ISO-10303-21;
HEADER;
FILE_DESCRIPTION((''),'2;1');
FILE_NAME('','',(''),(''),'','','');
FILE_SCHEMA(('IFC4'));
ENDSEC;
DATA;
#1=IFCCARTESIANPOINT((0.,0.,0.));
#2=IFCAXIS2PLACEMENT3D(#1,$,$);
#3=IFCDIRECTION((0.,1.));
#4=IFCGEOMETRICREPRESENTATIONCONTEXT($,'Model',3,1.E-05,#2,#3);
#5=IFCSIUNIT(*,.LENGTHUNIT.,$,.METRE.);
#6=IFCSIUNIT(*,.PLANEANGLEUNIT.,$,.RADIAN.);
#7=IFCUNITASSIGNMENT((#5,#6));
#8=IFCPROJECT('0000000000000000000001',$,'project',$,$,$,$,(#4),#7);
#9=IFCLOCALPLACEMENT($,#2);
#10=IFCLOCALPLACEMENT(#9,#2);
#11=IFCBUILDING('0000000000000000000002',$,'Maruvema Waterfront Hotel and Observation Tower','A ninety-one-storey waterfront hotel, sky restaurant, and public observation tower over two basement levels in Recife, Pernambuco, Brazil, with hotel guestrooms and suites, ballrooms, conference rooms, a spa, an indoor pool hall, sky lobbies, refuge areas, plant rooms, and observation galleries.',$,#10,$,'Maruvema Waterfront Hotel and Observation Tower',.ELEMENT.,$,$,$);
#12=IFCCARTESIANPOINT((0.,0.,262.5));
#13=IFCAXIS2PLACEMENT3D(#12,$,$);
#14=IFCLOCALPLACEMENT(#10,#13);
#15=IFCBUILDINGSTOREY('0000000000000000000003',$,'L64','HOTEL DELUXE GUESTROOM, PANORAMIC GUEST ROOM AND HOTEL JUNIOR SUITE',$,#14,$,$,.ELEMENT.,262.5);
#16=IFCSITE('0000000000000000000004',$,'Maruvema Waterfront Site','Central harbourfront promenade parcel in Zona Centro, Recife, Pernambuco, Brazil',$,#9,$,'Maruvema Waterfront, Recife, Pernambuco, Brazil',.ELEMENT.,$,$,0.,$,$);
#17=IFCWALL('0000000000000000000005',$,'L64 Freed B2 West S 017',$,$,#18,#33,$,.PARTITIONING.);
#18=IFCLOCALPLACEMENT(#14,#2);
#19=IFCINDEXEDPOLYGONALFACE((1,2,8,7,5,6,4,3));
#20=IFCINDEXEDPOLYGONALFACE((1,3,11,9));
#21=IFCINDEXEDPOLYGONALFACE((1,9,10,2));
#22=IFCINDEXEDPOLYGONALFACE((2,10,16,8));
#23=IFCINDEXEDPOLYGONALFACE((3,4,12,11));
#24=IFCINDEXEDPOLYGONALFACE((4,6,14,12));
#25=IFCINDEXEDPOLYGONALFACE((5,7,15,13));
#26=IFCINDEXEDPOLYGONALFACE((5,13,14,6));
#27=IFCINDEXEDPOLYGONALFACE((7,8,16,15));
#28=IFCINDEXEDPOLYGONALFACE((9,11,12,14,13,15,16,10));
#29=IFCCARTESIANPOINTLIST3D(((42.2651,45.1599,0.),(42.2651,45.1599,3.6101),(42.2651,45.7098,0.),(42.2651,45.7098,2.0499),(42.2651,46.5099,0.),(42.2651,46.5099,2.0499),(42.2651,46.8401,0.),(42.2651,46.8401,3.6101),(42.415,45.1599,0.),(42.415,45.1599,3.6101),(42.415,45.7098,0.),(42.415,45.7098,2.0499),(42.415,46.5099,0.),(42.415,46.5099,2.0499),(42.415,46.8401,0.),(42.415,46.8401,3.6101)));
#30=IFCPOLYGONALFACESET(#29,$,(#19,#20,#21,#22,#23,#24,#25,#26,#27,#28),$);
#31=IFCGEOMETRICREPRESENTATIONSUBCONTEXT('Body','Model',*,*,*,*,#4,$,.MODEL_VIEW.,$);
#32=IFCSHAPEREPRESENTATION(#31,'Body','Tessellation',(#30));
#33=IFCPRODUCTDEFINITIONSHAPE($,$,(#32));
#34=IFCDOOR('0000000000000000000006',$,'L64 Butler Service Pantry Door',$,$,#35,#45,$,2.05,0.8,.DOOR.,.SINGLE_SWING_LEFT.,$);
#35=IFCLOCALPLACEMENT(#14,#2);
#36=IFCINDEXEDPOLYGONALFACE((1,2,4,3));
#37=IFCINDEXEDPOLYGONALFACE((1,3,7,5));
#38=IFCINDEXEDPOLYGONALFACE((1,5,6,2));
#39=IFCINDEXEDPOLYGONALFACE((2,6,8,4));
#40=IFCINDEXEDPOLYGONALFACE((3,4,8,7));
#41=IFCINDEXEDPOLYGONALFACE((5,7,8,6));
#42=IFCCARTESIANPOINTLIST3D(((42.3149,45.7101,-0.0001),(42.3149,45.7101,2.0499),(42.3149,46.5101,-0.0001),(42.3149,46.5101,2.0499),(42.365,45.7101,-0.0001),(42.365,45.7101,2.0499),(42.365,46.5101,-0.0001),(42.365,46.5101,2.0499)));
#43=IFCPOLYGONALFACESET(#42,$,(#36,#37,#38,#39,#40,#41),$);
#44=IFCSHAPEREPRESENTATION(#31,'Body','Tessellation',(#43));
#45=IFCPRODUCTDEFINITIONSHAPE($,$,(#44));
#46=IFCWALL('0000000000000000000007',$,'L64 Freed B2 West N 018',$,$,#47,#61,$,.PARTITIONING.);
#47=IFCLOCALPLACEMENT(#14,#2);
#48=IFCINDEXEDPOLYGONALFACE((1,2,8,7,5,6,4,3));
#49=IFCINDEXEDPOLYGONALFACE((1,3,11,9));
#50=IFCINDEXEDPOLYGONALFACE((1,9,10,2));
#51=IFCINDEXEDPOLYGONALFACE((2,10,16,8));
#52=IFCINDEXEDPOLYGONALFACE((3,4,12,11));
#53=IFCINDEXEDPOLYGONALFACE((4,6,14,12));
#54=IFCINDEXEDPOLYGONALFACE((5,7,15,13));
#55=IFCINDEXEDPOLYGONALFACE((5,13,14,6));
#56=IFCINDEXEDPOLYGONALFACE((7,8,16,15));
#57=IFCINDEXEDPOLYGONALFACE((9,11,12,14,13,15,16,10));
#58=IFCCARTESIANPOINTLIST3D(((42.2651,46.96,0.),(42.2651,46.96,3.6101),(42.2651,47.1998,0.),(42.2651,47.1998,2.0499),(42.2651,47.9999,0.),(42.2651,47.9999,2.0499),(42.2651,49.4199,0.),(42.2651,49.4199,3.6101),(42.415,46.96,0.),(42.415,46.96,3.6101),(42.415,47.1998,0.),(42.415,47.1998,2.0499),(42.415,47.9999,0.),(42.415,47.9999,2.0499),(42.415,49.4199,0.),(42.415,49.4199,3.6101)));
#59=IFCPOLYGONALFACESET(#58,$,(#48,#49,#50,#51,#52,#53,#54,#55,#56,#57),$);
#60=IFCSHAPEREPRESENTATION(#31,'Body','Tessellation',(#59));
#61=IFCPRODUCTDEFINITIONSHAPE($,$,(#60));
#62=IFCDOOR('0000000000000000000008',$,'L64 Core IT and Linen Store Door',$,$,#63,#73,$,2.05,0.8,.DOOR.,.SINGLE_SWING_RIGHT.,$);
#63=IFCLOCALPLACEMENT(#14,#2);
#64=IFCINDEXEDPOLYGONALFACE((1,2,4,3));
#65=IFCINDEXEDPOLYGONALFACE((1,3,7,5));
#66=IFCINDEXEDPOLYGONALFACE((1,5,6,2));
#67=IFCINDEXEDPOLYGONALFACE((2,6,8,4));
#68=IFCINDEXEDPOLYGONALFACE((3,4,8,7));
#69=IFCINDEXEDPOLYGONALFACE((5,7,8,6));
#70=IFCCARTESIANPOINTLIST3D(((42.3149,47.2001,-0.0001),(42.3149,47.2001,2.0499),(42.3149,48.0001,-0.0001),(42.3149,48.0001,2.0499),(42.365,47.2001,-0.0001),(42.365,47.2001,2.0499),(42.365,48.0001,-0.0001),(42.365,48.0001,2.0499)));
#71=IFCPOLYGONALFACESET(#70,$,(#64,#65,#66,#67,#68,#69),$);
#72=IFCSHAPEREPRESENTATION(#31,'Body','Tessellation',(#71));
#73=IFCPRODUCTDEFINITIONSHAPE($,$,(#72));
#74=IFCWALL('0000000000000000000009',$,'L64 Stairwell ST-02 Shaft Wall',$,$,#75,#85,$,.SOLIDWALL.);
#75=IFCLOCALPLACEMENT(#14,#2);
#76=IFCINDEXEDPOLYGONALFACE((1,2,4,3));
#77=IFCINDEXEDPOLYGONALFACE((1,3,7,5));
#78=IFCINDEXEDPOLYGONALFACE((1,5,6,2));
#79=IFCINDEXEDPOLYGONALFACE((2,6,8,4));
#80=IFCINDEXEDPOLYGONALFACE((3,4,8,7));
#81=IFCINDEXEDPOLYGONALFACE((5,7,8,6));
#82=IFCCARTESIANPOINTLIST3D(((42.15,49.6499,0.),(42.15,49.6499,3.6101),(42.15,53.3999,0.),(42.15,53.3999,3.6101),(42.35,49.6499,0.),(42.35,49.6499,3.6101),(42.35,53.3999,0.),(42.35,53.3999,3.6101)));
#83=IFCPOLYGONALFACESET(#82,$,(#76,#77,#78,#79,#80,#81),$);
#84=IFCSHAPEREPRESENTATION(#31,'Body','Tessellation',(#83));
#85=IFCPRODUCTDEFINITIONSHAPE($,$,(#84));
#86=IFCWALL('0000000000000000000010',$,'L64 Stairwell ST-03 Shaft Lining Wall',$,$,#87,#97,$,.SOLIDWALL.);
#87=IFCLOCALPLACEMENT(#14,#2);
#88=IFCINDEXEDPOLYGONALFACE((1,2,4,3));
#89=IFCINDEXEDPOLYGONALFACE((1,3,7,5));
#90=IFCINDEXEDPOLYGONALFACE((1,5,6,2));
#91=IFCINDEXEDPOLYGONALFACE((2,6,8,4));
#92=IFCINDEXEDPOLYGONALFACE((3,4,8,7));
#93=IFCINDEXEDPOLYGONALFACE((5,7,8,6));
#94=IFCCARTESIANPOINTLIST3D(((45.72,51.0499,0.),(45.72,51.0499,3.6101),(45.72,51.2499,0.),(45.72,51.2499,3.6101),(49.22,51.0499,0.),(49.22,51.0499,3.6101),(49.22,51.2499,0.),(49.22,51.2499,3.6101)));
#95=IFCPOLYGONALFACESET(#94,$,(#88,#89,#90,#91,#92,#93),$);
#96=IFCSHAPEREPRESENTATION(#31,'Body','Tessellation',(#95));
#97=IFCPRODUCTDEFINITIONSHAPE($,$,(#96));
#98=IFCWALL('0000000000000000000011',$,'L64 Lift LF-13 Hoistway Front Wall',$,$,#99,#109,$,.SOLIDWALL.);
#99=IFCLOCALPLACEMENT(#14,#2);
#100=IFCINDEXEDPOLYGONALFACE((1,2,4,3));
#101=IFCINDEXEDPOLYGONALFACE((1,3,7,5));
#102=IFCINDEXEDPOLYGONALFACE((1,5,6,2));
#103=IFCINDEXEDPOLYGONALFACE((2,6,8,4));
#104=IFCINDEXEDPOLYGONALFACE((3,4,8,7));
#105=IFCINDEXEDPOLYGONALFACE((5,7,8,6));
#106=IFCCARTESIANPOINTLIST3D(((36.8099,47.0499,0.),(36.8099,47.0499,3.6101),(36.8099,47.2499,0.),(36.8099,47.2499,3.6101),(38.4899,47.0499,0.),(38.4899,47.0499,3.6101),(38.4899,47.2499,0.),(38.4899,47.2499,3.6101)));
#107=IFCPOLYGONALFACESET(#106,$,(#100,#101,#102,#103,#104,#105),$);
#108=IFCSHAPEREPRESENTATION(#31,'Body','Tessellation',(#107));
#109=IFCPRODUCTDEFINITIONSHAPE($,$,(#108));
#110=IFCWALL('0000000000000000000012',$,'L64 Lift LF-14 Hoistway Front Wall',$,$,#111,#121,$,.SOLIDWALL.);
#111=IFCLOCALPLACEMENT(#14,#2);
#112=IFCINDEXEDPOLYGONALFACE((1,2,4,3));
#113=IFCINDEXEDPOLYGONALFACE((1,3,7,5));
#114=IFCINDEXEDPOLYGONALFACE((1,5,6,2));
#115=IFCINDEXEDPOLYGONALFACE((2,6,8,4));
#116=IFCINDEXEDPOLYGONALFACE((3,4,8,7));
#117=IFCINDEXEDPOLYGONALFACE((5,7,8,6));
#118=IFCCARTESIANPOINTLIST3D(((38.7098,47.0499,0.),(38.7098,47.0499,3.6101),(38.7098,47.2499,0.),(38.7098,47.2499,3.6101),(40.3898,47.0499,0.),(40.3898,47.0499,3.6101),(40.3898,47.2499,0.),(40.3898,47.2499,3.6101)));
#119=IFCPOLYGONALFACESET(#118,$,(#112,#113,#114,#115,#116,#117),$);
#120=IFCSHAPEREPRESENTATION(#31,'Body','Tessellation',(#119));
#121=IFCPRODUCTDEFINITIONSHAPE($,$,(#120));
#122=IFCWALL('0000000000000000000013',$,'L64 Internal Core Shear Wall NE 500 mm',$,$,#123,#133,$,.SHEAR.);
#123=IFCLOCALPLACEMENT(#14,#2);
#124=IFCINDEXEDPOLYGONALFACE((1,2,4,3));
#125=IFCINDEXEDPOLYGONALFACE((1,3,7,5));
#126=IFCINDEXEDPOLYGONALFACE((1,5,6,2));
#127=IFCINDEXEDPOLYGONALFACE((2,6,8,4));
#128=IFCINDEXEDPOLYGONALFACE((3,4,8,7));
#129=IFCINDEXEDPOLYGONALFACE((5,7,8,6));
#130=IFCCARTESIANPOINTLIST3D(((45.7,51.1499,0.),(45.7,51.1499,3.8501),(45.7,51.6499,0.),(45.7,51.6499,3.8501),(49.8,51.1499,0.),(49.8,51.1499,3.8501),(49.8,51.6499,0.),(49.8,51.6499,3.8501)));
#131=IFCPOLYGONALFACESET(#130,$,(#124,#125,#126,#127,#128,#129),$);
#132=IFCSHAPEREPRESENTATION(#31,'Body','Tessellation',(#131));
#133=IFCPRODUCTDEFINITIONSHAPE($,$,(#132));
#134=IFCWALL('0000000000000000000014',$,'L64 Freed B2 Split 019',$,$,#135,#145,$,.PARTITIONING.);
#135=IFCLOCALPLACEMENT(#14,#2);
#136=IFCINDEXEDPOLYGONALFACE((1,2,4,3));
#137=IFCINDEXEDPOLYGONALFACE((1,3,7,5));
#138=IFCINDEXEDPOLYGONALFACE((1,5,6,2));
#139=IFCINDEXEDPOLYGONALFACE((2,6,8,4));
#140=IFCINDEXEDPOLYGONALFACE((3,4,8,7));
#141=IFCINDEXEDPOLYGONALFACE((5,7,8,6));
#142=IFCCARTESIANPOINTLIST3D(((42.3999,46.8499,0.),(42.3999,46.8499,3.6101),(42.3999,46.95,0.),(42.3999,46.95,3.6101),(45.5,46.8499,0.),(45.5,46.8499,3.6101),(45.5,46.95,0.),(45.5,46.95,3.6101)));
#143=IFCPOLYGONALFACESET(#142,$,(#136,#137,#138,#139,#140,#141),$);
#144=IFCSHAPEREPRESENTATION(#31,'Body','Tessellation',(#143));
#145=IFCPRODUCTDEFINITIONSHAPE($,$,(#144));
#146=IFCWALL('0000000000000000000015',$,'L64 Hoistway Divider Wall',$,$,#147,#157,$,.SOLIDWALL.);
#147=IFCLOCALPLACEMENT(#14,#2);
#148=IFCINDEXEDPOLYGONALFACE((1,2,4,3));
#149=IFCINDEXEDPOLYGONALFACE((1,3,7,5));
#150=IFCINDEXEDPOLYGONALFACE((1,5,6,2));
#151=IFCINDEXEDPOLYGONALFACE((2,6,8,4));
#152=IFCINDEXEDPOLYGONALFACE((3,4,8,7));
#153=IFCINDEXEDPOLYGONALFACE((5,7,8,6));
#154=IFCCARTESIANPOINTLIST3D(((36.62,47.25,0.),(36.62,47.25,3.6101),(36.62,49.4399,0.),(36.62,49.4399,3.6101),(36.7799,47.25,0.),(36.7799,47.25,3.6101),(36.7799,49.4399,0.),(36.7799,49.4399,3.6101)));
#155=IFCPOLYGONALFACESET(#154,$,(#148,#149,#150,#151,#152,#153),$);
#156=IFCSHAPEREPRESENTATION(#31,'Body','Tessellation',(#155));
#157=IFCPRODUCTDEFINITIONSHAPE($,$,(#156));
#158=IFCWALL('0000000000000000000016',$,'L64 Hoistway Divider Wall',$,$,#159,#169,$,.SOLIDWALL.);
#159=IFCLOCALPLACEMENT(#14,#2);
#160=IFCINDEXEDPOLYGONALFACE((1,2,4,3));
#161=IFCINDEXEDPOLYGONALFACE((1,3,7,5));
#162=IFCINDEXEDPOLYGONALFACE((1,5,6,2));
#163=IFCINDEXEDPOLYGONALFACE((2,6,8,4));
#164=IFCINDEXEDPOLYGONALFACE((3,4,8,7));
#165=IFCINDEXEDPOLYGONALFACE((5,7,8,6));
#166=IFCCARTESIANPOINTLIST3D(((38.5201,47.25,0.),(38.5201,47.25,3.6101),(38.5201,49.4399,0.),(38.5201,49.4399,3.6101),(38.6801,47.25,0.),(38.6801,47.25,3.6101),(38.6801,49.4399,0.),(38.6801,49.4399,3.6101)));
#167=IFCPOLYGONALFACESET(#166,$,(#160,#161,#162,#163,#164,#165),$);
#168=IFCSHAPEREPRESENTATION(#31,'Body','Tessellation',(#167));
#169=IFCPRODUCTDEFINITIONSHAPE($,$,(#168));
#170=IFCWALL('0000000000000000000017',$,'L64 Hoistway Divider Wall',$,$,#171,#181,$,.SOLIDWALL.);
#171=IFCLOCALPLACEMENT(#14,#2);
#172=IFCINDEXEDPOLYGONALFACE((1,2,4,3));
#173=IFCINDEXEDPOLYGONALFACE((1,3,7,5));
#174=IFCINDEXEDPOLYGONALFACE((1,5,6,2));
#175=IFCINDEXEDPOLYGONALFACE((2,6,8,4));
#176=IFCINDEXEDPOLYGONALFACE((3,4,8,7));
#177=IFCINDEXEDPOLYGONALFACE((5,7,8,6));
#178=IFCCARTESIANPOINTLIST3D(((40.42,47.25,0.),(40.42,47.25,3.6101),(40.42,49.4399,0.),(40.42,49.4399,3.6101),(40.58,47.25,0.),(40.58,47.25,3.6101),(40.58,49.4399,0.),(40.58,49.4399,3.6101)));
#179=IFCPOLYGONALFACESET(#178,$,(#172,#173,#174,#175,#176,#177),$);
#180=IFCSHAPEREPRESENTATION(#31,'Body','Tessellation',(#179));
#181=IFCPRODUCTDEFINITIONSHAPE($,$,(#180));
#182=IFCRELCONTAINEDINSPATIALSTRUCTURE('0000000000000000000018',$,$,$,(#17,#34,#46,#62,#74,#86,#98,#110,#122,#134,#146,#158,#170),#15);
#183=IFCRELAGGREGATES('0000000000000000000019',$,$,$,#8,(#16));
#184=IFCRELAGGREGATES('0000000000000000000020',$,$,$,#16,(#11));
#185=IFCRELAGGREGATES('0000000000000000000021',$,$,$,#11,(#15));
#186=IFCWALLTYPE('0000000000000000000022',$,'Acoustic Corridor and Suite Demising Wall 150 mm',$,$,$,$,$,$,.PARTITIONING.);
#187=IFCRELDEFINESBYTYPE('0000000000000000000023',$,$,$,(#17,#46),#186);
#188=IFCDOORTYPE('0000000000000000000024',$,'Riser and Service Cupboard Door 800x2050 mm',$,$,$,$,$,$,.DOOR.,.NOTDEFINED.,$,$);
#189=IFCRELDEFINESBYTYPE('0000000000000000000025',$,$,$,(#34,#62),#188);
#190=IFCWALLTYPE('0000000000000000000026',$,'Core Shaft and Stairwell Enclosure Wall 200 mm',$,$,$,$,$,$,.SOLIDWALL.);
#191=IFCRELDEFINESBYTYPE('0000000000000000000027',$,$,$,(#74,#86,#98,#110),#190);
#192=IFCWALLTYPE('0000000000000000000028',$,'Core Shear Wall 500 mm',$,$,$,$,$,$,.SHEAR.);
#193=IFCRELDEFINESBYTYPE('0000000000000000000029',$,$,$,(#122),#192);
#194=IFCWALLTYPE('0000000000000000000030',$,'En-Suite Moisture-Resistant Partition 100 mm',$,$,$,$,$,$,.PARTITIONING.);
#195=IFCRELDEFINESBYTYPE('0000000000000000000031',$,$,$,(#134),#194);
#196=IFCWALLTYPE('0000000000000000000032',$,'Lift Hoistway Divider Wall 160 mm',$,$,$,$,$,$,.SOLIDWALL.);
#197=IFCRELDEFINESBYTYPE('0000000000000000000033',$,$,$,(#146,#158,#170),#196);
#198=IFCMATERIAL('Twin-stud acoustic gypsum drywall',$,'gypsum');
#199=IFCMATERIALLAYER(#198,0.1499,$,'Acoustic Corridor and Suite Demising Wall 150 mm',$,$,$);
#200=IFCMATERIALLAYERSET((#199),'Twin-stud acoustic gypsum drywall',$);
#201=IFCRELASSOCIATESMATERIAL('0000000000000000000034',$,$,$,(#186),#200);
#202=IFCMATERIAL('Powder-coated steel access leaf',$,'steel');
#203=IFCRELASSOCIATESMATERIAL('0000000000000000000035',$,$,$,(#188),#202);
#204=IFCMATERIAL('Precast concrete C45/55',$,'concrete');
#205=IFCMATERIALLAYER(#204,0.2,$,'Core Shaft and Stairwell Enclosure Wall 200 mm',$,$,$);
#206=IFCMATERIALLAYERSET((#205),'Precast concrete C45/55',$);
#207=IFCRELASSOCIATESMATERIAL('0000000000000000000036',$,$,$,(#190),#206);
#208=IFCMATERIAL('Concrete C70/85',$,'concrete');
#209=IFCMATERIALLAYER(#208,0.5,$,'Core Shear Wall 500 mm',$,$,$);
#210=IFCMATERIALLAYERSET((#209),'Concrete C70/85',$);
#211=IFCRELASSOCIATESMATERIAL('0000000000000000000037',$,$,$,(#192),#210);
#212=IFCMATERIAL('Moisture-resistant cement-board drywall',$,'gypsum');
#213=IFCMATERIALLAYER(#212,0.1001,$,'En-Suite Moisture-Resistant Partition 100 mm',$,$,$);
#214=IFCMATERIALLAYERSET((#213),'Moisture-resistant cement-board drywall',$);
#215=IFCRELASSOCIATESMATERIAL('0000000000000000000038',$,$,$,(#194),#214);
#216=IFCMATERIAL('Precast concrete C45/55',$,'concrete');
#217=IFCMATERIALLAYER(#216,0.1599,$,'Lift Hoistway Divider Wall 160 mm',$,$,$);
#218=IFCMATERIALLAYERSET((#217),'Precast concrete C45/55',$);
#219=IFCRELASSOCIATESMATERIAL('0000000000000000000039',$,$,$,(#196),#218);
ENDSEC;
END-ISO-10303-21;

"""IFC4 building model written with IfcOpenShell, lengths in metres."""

from ifc_helpers import new_model, si_unit, direction, frame, frame_2d, origin, place, context, subcontext, project, spatial, rectangle, extrude, material, layer, layer_set, type_object, element, fill, save


model = new_model("IFC4")

# Units and contexts
model_context = context("Model", 3, precision=1e-05, world=origin(), true_north=direction((0.0, 1.0)))
body_context = subcontext(model_context, "Body", "Model", "MODEL_VIEW")
ifc_project = project(units=[si_unit("LENGTHUNIT", "METRE"), si_unit("PLANEANGLEUNIT", "RADIAN")], contexts=[model_context])

# Site, building, storey
site_placement = place(None, origin())
site = spatial("IfcSite", under=ifc_project, at=site_placement, Name="Maruvema Waterfront Site", Description="Central harbourfront promenade parcel in Zona Centro, Recife, Pernambuco, Brazil", LongName="Maruvema Waterfront, Recife, Pernambuco, Brazil", CompositionType="ELEMENT", RefElevation=0.0)
building_placement = place(site_placement, origin())
building = spatial("IfcBuilding", under=site, at=building_placement, Name="Maruvema Waterfront Hotel and Observation Tower", Description="A ninety-one-storey waterfront hotel, sky restaurant, and public observation tower over two basement levels in Recife, Pernambuco, Brazil, with hotel guestrooms and suites, ballrooms, conference rooms, a spa, an indoor pool hall, sky lobbies, refuge areas, plant rooms, and observation galleries.", LongName="Maruvema Waterfront Hotel and Observation Tower", CompositionType="ELEMENT")
storey_placement = place(building_placement, frame((0.0, 0.0, 262.5)))
storey = spatial("IfcBuildingStorey", under=building, at=storey_placement, Name="L64", Description="HOTEL DELUXE GUESTROOM, PANORAMIC GUEST ROOM AND HOTEL JUNIOR SUITE", CompositionType="ELEMENT", Elevation=262.5)

# Walls, openings, doors
ifc_material_1 = material(Name="Twin-stud acoustic gypsum drywall", Category="gypsum")
ifc_layer_1 = layer(ifc_material_1, 0.1499, Name="Acoustic Corridor and Suite Demising Wall 150 mm")
ifc_layer_set_1 = layer_set([ifc_layer_1], Name="Twin-stud acoustic gypsum drywall")
wall_type_1 = type_object("IfcWallType", Name="Acoustic Corridor and Suite Demising Wall 150 mm", PredefinedType="PARTITIONING", material=ifc_layer_set_1)
wall_1_placement = place(storey_placement, frame((42.3401, 45.1599, 0.0), z_axis=(0.0, 0.0, 1.0), x_axis=(0.0, 1.0, 0.0)))
wall_1 = element("IfcWall", 1, at=wall_1_placement, inside=storey, type_object=wall_type_1, Name="L64 Freed B2 West S 017", PredefinedType="PARTITIONING", context=body_context, shape_type="SweptSolid", body=[
    extrude(rectangle(XDim=1.6802, YDim=0.1499, at=frame_2d((0.8401, 0.0))), origin(), (0.0, 0.0, 1.0), 3.6101),
])
opening_1_placement = place(wall_1_placement, frame((0.55, 0.0, 0.0)))
opening_1 = element("IfcOpeningElement", 2, at=opening_1_placement, cuts=wall_1, PredefinedType="OPENING", context=body_context, shape_type="SweptSolid", body=[
    extrude(rectangle(XDim=0.8, YDim=2.05, at=frame_2d((0.3999, 1.0249))), frame((0.0, 0.085, 0.0), z_axis=(0.0, -1.0, 0.0), x_axis=(1.0, 0.0, 0.0)), (0.0, 0.0, 1.0), 0.1699),
])
ifc_material_2 = material(Name="Powder-coated steel access leaf", Category="steel")
door_type = type_object("IfcDoorType", Name="Riser and Service Cupboard Door 800x2050 mm", OperationType="NOTDEFINED", PredefinedType="DOOR", material=ifc_material_2)
door_1_placement = place(opening_1_placement, frame((0.8, 0.0, 0.0), z_axis=(0.0, 0.0, 1.0), x_axis=(-1.0, 0.0, 0.0)))
door_1 = element("IfcDoor", 3, at=door_1_placement, inside=storey, type_object=door_type, Name="L64 Butler Service Pantry Door", OperationType="SINGLE_SWING_LEFT", OverallHeight=2.05, OverallWidth=0.8, PredefinedType="DOOR", context=body_context, shape_type="SweptSolid", body=[
    extrude(rectangle(XDim=0.8, YDim=2.05, at=frame_2d((0.3999, 1.0249))), frame((0.0, 0.0249, 0.0), z_axis=(0.0, -1.0, 0.0), x_axis=(1.0, 0.0, 0.0)), (0.0, 0.0, 1.0), 0.05),
])
fill(opening_1, door_1)
wall_2_placement = place(storey_placement, frame((42.3401, 46.96, 0.0), z_axis=(0.0, 0.0, 1.0), x_axis=(0.0, 1.0, 0.0)))
wall_2 = element("IfcWall", 4, at=wall_2_placement, inside=storey, type_object=wall_type_1, Name="L64 Freed B2 West N 018", PredefinedType="PARTITIONING", context=body_context, shape_type="SweptSolid", body=[
    extrude(rectangle(XDim=2.46, YDim=0.1499, at=frame_2d((1.23, 0.0))), origin(), (0.0, 0.0, 1.0), 3.6101),
])
opening_2_placement = place(wall_2_placement, frame((0.24, 0.0, 0.0)))
opening_2 = element("IfcOpeningElement", 5, at=opening_2_placement, cuts=wall_2, PredefinedType="OPENING", context=body_context, shape_type="SweptSolid", body=[
    extrude(rectangle(XDim=0.8, YDim=2.05, at=frame_2d((0.3999, 1.0249))), frame((0.0, 0.085, 0.0), z_axis=(0.0, -1.0, 0.0), x_axis=(1.0, 0.0, 0.0)), (0.0, 0.0, 1.0), 0.1699),
])
door_2_placement = place(opening_2_placement, frame((0.8, 0.0, 0.0), z_axis=(0.0, 0.0, 1.0), x_axis=(-1.0, 0.0, 0.0)))
door_2 = element("IfcDoor", 6, at=door_2_placement, inside=storey, type_object=door_type, Name="L64 Core IT and Linen Store Door", OperationType="SINGLE_SWING_RIGHT", OverallHeight=2.05, OverallWidth=0.8, PredefinedType="DOOR", context=body_context, shape_type="SweptSolid", body=[
    extrude(rectangle(XDim=0.8, YDim=2.05, at=frame_2d((0.3999, 1.0249))), frame((0.0, 0.0249, 0.0), z_axis=(0.0, -1.0, 0.0), x_axis=(1.0, 0.0, 0.0)), (0.0, 0.0, 1.0), 0.05),
])
fill(opening_2, door_2)

# Walls
ifc_material_3 = material(Name="Precast concrete C45/55", Category="concrete")
ifc_layer_2 = layer(ifc_material_3, 0.2, Name="Core Shaft and Stairwell Enclosure Wall 200 mm")
ifc_layer_set_2 = layer_set([ifc_layer_2], Name="Precast concrete C45/55")
wall_type_2 = type_object("IfcWallType", Name="Core Shaft and Stairwell Enclosure Wall 200 mm", PredefinedType="SOLIDWALL", material=ifc_layer_set_2)
wall_3_placement = place(storey_placement, frame((42.25, 49.6499, 0.0), z_axis=(0.0, 0.0, 1.0), x_axis=(0.0, 1.0, 0.0)))
element("IfcWall", 7, at=wall_3_placement, inside=storey, type_object=wall_type_2, Name="L64 Stairwell ST-02 Shaft Wall", PredefinedType="SOLIDWALL", context=body_context, shape_type="SweptSolid", body=[
    extrude(rectangle(XDim=3.75, YDim=0.2, at=frame_2d((1.875, 0.0))), origin(), (0.0, 0.0, 1.0), 3.6101),
])
wall_4_placement = place(storey_placement, frame((45.72, 51.1499, 0.0), z_axis=(0.0, 0.0, 1.0), x_axis=(1.0, 0.0, 0.0)))
element("IfcWall", 8, at=wall_4_placement, inside=storey, type_object=wall_type_2, Name="L64 Stairwell ST-03 Shaft Lining Wall", PredefinedType="SOLIDWALL", context=body_context, shape_type="SweptSolid", body=[
    extrude(rectangle(XDim=3.5, YDim=0.2, at=frame_2d((1.75, 0.0))), origin(), (0.0, 0.0, 1.0), 3.6101),
])
for number, where, z_axis, x_axis, name in (
    (9, (36.8101, 47.1499, 0.0), (0.0, 0.0, 1.0), (1.0, 0.0, 0.0), "L64 Lift LF-13 Hoistway Front Wall"),
    (10, (38.71, 47.1499, 0.0), (0.0, 0.0, 1.0), (1.0, 0.0, 0.0), "L64 Lift LF-14 Hoistway Front Wall"),
):
    element("IfcWall", number, at=place(storey_placement, frame(where, z_axis=z_axis, x_axis=x_axis)), inside=storey, type_object=wall_type_2, Name=name, PredefinedType="SOLIDWALL", context=body_context, shape_type="SweptSolid", body=[
        extrude(rectangle(XDim=1.6799, YDim=0.2, at=frame_2d((0.8398, 0.0))), origin(), (0.0, 0.0, 1.0), 3.6101),
    ])
ifc_material_4 = material(Name="Concrete C70/85", Category="concrete")
ifc_layer_3 = layer(ifc_material_4, 0.5, Name="Core Shear Wall 500 mm")
ifc_layer_set_3 = layer_set([ifc_layer_3], Name="Concrete C70/85")
wall_type_3 = type_object("IfcWallType", Name="Core Shear Wall 500 mm", PredefinedType="SHEAR", material=ifc_layer_set_3)
wall_5_placement = place(storey_placement, frame((45.7, 51.3999, 0.0), z_axis=(0.0, 0.0, 1.0), x_axis=(1.0, 0.0, 0.0)))
element("IfcWall", 11, at=wall_5_placement, inside=storey, type_object=wall_type_3, Name="L64 Internal Core Shear Wall NE 500 mm", PredefinedType="SHEAR", context=body_context, shape_type="SweptSolid", body=[
    extrude(rectangle(XDim=4.1001, YDim=0.5, at=frame_2d((2.05, 0.0))), origin(), (0.0, 0.0, 1.0), 3.8501),
])
ifc_material_5 = material(Name="Moisture-resistant cement-board drywall", Category="gypsum")
ifc_layer_4 = layer(ifc_material_5, 0.1001, Name="En-Suite Moisture-Resistant Partition 100 mm")
ifc_layer_set_4 = layer_set([ifc_layer_4], Name="Moisture-resistant cement-board drywall")
wall_type_4 = type_object("IfcWallType", Name="En-Suite Moisture-Resistant Partition 100 mm", PredefinedType="PARTITIONING", material=ifc_layer_set_4)
wall_6_placement = place(storey_placement, frame((42.3999, 46.8999, 0.0), z_axis=(0.0, 0.0, 1.0), x_axis=(1.0, 0.0, 0.0)))
element("IfcWall", 12, at=wall_6_placement, inside=storey, type_object=wall_type_4, Name="L64 Freed B2 Split 019", PredefinedType="PARTITIONING", context=body_context, shape_type="SweptSolid", body=[
    extrude(rectangle(XDim=3.1001, YDim=0.1001, at=frame_2d((1.55, 0.0))), origin(), (0.0, 0.0, 1.0), 3.6101),
])
ifc_material_6 = material(Name="Precast concrete C45/55", Category="concrete")
ifc_layer_5 = layer(ifc_material_6, 0.1599, Name="Lift Hoistway Divider Wall 160 mm")
ifc_layer_set_5 = layer_set([ifc_layer_5], Name="Precast concrete C45/55")
wall_type_5 = type_object("IfcWallType", Name="Lift Hoistway Divider Wall 160 mm", PredefinedType="SOLIDWALL", material=ifc_layer_set_5)
for number, where, z_axis, x_axis, name in (
    (13, (36.7, 47.25, 0.0), (0.0, 0.0, 1.0), (0.0, 1.0, 0.0), "L64 Hoistway Divider Wall"),
    (14, (38.6001, 47.25, 0.0), (0.0, 0.0, 1.0), (0.0, 1.0, 0.0), "L64 Hoistway Divider Wall"),
    (15, (40.5, 47.25, 0.0), (0.0, 0.0, 1.0), (0.0, 1.0, 0.0), "L64 Hoistway Divider Wall"),
):
    element("IfcWall", number, at=place(storey_placement, frame(where, z_axis=z_axis, x_axis=x_axis)), inside=storey, type_object=wall_type_5, Name=name, PredefinedType="SOLIDWALL", context=body_context, shape_type="SweptSolid", body=[
        extrude(rectangle(XDim=2.1899, YDim=0.1599, at=frame_2d((1.095, 0.0))), origin(), (0.0, 0.0, 1.0), 3.6101),
    ])

save(model, "model.ifc")
